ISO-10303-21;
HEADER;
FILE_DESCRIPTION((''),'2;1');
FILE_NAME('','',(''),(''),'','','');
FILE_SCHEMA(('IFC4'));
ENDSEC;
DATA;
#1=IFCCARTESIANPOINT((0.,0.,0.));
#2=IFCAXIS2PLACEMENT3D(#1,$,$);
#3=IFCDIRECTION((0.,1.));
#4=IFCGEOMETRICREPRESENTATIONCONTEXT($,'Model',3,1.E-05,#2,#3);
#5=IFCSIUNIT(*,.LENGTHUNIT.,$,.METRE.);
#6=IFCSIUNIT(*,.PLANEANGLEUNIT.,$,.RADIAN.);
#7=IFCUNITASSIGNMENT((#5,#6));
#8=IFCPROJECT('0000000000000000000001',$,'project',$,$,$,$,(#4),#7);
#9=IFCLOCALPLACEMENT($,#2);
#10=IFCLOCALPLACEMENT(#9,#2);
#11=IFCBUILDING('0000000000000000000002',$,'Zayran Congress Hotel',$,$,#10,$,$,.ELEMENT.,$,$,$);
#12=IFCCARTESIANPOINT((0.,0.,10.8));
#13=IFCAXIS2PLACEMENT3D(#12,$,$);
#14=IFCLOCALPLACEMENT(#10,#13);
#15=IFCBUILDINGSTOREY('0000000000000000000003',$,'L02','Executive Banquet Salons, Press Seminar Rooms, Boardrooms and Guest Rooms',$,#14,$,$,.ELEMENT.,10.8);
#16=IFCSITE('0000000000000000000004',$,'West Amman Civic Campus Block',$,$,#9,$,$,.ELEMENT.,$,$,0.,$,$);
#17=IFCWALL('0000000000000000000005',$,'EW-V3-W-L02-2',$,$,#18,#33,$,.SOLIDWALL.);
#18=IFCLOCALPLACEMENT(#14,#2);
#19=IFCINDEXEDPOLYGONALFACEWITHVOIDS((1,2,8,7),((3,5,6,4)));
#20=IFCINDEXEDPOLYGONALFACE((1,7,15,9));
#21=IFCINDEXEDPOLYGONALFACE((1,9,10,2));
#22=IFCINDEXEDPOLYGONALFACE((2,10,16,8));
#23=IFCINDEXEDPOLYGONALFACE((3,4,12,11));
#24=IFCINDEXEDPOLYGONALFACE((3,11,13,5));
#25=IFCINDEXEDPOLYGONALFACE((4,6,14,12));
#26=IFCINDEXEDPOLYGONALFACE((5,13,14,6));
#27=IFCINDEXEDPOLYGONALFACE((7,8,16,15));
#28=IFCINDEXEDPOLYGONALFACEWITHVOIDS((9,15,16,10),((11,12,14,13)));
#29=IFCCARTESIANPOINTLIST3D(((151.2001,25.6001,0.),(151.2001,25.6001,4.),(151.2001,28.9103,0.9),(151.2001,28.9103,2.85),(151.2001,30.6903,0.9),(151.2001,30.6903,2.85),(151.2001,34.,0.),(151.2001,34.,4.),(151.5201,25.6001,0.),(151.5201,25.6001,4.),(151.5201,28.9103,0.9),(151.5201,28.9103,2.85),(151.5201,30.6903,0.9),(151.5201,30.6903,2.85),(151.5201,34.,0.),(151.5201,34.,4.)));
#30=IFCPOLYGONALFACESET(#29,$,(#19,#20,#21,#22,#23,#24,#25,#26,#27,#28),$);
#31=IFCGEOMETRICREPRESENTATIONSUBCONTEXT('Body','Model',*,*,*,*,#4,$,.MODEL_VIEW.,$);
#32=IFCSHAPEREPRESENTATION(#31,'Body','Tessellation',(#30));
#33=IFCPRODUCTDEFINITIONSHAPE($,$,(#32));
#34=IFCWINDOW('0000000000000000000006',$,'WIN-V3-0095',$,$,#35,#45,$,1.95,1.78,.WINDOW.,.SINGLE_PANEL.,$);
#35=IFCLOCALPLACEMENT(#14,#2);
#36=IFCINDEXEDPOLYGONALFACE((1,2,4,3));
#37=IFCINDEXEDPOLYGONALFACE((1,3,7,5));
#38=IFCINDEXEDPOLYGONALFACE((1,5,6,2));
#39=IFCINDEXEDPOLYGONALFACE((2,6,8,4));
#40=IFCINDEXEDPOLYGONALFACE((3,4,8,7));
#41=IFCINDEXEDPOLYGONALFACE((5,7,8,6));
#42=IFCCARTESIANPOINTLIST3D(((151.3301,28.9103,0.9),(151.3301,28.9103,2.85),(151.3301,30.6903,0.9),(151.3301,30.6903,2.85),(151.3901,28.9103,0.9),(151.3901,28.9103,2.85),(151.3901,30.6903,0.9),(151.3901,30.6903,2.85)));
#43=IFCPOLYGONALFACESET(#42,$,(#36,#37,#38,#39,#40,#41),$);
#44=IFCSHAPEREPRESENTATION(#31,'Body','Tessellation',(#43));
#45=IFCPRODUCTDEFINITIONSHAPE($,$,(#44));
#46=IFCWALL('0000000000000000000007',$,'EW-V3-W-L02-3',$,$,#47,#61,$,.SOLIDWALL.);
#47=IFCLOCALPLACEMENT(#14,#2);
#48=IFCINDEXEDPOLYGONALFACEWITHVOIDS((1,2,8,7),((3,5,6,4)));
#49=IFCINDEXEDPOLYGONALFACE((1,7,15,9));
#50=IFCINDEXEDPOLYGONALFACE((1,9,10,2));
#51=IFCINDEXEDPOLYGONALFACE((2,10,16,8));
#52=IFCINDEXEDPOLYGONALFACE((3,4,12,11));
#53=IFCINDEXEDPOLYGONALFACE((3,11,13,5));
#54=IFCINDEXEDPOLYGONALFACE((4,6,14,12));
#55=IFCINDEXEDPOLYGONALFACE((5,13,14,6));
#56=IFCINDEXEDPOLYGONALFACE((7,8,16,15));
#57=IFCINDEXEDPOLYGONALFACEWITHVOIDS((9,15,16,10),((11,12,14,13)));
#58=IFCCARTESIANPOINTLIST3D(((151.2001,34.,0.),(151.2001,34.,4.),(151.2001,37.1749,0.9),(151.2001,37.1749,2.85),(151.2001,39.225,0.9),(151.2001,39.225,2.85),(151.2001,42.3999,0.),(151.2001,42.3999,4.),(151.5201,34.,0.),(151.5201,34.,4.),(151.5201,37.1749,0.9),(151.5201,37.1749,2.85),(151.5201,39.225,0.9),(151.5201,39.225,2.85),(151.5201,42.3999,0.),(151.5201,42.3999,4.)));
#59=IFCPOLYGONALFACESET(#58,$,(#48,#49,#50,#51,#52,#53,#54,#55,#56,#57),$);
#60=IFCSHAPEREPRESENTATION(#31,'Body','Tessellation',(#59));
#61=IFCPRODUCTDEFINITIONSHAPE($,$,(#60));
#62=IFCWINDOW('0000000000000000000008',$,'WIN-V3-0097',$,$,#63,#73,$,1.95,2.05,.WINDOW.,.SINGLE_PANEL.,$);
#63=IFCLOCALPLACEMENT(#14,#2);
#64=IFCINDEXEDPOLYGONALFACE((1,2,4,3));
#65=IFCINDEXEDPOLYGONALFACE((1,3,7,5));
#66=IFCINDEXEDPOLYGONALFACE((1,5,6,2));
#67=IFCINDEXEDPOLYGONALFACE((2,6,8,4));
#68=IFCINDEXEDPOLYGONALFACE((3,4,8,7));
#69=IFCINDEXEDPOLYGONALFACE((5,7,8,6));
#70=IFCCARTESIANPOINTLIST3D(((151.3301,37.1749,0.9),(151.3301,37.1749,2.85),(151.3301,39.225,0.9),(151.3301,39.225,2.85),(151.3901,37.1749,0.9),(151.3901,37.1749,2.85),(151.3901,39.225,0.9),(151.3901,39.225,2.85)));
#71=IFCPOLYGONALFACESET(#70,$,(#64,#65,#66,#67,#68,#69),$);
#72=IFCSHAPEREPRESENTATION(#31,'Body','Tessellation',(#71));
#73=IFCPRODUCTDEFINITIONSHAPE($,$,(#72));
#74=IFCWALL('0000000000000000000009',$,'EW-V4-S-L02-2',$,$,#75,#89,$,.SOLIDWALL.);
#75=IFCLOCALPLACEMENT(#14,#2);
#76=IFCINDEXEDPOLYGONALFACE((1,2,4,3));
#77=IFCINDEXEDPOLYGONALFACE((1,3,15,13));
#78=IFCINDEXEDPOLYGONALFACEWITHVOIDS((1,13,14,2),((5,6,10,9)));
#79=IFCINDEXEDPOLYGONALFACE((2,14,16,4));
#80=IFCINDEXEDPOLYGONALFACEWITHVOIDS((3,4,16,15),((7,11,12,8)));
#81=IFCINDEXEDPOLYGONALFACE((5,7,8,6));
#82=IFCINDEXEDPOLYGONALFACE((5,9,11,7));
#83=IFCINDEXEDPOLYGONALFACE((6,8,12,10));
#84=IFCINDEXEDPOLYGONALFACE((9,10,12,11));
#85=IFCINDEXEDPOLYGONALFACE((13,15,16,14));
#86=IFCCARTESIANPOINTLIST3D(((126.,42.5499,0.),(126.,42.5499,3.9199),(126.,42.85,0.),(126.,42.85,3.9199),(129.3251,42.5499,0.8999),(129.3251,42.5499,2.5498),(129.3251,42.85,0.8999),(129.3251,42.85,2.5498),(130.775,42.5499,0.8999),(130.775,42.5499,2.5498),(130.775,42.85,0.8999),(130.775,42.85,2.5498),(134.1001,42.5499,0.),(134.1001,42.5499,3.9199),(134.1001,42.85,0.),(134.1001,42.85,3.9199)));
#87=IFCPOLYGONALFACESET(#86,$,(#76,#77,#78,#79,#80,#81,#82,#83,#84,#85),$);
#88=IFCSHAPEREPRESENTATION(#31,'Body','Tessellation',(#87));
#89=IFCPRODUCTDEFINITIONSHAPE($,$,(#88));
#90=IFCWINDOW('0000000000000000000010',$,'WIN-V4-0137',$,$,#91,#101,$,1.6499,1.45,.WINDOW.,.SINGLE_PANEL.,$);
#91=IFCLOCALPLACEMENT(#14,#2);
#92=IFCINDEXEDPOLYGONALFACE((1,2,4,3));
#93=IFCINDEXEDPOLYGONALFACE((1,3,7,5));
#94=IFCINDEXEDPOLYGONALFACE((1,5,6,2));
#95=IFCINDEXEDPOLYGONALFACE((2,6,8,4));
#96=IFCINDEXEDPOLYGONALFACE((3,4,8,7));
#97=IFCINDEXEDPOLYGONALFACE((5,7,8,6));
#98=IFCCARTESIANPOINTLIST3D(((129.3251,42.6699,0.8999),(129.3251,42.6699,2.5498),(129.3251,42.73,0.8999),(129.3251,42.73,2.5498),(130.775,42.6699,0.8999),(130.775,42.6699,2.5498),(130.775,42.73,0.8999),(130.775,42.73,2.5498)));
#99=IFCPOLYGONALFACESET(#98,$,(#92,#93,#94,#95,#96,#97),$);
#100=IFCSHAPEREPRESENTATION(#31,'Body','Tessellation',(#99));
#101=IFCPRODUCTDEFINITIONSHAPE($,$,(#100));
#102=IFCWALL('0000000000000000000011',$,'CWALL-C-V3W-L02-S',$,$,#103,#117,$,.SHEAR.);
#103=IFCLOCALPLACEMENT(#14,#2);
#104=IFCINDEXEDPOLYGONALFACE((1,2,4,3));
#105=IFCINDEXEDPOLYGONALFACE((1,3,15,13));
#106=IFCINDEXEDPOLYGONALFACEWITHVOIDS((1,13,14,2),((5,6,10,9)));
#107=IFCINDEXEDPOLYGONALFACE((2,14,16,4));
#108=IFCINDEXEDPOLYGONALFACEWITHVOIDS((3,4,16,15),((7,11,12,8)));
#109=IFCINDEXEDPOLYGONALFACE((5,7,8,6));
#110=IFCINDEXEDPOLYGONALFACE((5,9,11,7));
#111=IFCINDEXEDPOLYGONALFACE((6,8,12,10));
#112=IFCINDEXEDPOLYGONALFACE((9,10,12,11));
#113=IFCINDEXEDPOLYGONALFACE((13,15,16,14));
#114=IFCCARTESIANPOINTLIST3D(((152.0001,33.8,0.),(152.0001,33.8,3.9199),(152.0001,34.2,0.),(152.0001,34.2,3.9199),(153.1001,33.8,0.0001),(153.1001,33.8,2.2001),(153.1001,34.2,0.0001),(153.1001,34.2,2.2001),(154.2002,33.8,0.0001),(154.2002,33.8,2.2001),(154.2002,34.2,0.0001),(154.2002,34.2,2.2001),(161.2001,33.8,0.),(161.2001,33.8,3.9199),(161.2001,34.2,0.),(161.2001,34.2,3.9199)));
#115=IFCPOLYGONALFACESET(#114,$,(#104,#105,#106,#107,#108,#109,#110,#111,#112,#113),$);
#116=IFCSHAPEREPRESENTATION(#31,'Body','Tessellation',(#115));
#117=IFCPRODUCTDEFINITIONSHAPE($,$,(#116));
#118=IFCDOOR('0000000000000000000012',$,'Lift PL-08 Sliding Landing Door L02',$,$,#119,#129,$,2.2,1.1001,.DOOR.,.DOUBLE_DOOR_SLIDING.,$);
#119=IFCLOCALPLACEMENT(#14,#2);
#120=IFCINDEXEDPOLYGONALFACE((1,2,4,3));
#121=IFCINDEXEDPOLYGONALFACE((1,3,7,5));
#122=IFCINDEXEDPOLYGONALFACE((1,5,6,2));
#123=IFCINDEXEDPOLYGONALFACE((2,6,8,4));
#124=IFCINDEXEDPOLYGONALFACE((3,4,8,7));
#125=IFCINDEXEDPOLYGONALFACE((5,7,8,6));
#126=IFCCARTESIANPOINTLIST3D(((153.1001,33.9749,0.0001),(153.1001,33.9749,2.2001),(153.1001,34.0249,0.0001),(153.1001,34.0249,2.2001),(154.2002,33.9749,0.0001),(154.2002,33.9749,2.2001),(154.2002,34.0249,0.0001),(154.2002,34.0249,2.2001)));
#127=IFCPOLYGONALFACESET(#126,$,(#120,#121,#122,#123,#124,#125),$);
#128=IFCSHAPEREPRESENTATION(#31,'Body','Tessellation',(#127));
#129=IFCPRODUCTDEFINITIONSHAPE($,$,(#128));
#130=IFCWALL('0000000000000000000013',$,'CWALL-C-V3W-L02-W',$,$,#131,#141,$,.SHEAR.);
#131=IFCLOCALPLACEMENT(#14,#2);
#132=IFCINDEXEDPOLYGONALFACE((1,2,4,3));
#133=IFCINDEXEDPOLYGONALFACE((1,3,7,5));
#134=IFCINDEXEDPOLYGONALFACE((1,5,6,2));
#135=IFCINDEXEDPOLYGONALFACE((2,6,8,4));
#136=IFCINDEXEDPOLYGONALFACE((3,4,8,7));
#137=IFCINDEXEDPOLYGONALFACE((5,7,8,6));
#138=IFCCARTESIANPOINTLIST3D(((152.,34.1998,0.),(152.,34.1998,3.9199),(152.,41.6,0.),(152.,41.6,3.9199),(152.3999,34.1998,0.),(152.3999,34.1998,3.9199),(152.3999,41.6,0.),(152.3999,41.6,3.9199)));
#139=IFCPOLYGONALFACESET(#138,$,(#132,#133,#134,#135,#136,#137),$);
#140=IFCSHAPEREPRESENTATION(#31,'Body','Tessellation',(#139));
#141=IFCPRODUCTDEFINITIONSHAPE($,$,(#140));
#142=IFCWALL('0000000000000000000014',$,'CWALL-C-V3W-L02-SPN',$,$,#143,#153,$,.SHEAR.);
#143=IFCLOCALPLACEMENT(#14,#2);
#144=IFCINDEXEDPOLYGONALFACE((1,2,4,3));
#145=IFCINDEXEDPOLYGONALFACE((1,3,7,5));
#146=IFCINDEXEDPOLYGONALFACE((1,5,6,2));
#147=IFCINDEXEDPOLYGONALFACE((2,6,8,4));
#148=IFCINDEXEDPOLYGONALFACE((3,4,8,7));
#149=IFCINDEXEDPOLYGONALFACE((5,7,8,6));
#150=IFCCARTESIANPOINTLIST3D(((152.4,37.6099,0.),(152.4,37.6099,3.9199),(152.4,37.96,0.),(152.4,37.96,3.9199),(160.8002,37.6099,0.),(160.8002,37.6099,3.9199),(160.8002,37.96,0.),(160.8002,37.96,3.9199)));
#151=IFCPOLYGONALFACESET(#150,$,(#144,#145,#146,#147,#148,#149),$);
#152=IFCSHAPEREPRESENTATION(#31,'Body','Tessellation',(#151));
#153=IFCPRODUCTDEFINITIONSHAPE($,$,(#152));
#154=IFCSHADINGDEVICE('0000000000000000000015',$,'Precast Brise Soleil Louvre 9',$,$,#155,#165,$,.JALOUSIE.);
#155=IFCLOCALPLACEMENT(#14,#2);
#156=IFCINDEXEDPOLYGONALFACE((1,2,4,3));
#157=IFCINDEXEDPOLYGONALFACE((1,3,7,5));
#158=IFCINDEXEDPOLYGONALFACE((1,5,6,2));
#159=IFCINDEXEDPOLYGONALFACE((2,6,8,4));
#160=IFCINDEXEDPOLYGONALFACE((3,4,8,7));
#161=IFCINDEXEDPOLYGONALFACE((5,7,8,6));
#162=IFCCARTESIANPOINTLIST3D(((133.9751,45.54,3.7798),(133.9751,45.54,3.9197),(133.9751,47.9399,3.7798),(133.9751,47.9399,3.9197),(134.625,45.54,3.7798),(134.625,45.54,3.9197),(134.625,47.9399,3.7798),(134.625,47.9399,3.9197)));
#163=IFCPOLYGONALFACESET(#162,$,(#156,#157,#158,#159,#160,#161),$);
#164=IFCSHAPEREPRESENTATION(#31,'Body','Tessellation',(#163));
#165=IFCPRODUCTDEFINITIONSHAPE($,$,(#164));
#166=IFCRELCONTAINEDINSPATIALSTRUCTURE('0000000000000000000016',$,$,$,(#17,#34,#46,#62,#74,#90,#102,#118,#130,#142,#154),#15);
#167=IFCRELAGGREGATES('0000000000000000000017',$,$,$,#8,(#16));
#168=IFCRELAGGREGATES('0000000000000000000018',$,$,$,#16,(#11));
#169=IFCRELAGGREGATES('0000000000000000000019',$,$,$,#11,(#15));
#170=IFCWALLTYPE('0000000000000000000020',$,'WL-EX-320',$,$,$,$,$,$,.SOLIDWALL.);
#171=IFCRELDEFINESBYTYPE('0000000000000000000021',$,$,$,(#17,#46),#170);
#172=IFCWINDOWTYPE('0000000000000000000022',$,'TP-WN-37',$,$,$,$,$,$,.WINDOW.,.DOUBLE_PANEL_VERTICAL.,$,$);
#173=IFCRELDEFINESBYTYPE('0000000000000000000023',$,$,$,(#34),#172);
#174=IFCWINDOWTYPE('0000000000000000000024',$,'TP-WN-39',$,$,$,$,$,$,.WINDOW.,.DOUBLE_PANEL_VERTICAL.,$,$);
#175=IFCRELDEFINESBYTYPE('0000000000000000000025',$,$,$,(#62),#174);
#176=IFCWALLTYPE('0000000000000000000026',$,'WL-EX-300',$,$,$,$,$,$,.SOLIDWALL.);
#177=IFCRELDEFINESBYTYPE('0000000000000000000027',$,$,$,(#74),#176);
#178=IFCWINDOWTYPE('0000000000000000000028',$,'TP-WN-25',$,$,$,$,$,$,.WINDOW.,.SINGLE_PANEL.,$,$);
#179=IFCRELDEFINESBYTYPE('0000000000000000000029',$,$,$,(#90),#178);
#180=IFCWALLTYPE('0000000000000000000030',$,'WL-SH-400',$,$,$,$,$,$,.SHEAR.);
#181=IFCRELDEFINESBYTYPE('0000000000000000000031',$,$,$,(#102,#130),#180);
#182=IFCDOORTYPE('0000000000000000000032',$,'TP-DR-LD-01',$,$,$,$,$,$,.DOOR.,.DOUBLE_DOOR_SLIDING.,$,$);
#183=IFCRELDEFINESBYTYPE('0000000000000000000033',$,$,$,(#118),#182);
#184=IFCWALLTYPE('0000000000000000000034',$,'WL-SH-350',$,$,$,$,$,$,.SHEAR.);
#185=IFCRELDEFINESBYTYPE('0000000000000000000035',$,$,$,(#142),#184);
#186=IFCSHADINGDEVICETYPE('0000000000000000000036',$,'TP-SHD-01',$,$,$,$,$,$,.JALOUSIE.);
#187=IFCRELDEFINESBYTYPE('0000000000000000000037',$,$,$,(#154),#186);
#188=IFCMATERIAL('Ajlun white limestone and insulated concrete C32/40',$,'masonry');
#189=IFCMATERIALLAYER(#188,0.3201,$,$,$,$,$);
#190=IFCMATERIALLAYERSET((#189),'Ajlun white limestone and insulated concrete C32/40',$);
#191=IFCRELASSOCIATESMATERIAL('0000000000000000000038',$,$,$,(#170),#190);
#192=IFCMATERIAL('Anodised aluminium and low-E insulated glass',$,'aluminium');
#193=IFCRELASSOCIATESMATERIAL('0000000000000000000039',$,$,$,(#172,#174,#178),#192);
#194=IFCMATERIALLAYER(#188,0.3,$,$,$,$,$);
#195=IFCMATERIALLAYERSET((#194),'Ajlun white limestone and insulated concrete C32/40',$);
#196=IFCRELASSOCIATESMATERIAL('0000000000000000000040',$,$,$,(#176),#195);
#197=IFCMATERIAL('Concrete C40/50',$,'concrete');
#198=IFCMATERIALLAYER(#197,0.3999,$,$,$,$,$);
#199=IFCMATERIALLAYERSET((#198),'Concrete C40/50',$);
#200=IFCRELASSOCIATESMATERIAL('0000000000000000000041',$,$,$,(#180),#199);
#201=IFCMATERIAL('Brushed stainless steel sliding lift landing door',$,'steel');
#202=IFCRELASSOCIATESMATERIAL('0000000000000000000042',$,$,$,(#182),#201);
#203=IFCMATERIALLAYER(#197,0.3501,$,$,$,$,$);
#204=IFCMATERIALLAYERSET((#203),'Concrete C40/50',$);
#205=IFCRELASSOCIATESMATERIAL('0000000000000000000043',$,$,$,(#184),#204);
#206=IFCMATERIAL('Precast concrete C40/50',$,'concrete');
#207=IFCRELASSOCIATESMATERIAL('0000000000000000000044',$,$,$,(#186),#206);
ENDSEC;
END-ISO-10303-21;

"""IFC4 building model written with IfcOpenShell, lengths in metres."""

from ifc_helpers import new_model, si_unit, direction, frame, frame_2d, origin, origin_2d, place, context, subcontext, project, spatial, rectangle, extrude, material, layer, layer_set, type_object, element, fill, save


model = new_model("IFC4")

# Units and contexts
model_context = context("Model", 3, precision=1e-05, world=origin(), true_north=direction((0.0, 1.0)))
body_context = subcontext(model_context, "Body", "Model", "MODEL_VIEW")
ifc_project = project(units=[si_unit("LENGTHUNIT", "METRE"), si_unit("PLANEANGLEUNIT", "RADIAN")], contexts=[model_context])

# Site, building, storey
site_placement = place(None, origin())
site = spatial("IfcSite", under=ifc_project, at=site_placement, Name="West Amman Civic Campus Block", CompositionType="ELEMENT", RefElevation=0.0)
building_placement = place(site_placement, origin())
building = spatial("IfcBuilding", under=site, at=building_placement, Name="Zayran Congress Hotel", CompositionType="ELEMENT")
storey_placement = place(building_placement, frame((0.0, 0.0, 10.8)))
storey = spatial("IfcBuildingStorey", under=building, at=storey_placement, Name="L02", Description="Executive Banquet Salons, Press Seminar Rooms, Boardrooms and Guest Rooms", CompositionType="ELEMENT", Elevation=10.8)

# Walls, openings, windows
ifc_material_1 = material(Name="Ajlun white limestone and insulated concrete C32/40", Category="masonry")
ifc_layer_1 = layer(ifc_material_1, 0.3201)
ifc_layer_set_1 = layer_set([ifc_layer_1], Name="Ajlun white limestone and insulated concrete C32/40")
wall_type_1 = type_object("IfcWallType", Name="WL-EX-320", PredefinedType="SOLIDWALL", material=ifc_layer_set_1)
ifc_material_2 = material(Name="Anodised aluminium and low-E insulated glass", Category="aluminium")
wall_1_placement = place(storey_placement, frame((151.3601, 25.6001, 0.0), z_axis=(0.0, 0.0, 1.0), x_axis=(0.0, 1.0, 0.0)))
wall_1 = element("IfcWall", 1, at=wall_1_placement, inside=storey, type_object=wall_type_1, Name="EW-V3-W-L02-2", PredefinedType="SOLIDWALL", context=body_context, shape_type="SweptSolid", body=[
    extrude(rectangle(XDim=8.3999, YDim=0.3201, at=frame_2d((4.2, 0.0))), origin(), (0.0, 0.0, 1.0), 4.0),
])
opening_1_placement = place(wall_1_placement, frame((3.3101, 0.0, 0.8999)))
opening_1 = element("IfcOpeningElement", 2, at=opening_1_placement, cuts=wall_1, PredefinedType="OPENING", context=body_context, shape_type="SweptSolid", body=[
    extrude(rectangle(XDim=1.78, YDim=1.95, at=frame_2d((0.8901, 0.9751))), frame((0.0, 0.1699, 0.0), z_axis=(0.0, -1.0, 0.0), x_axis=(1.0, 0.0, 0.0)), (0.0, 0.0, 1.0), 0.3401),
])
window_type_1 = type_object("IfcWindowType", Name="TP-WN-37", PartitioningType="DOUBLE_PANEL_VERTICAL", PredefinedType="WINDOW", material=ifc_material_2)
window_1_placement = place(opening_1_placement, origin())
window_1 = element("IfcWindow", 3, at=window_1_placement, inside=storey, type_object=window_type_1, Name="WIN-V3-0095", OverallHeight=1.95, OverallWidth=1.78, PartitioningType="SINGLE_PANEL", PredefinedType="WINDOW", context=body_context, shape_type="SweptSolid", body=[
    extrude(rectangle(XDim=1.78, YDim=1.95, at=frame_2d((0.8901, 0.9751))), frame((0.0, 0.03, 0.0), z_axis=(0.0, -1.0, 0.0), x_axis=(1.0, 0.0, 0.0)), (0.0, 0.0, 1.0), 0.0601),
])
fill(opening_1, window_1)
wall_2_placement = place(storey_placement, frame((151.3601, 34.0, 0.0), z_axis=(0.0, 0.0, 1.0), x_axis=(0.0, 1.0, 0.0)))
wall_2 = element("IfcWall", 4, at=wall_2_placement, inside=storey, type_object=wall_type_1, Name="EW-V3-W-L02-3", PredefinedType="SOLIDWALL", context=body_context, shape_type="SweptSolid", body=[
    extrude(rectangle(XDim=8.3999, YDim=0.3201, at=frame_2d((4.2, 0.0))), origin(), (0.0, 0.0, 1.0), 4.0),
])
opening_2_placement = place(wall_2_placement, frame((3.175, 0.0, 0.8999)))
opening_2 = element("IfcOpeningElement", 5, at=opening_2_placement, cuts=wall_2, PredefinedType="OPENING", context=body_context, shape_type="SweptSolid", body=[
    extrude(rectangle(XDim=2.05, YDim=1.95, at=frame_2d((1.0249, 0.9751))), frame((0.0, 0.1699, 0.0), z_axis=(0.0, -1.0, 0.0), x_axis=(1.0, 0.0, 0.0)), (0.0, 0.0, 1.0), 0.3401),
])
window_type_2 = type_object("IfcWindowType", Name="TP-WN-39", PartitioningType="DOUBLE_PANEL_VERTICAL", PredefinedType="WINDOW", material=ifc_material_2)
window_2_placement = place(opening_2_placement, origin())
window_2 = element("IfcWindow", 6, at=window_2_placement, inside=storey, type_object=window_type_2, Name="WIN-V3-0097", OverallHeight=1.95, OverallWidth=2.05, PartitioningType="SINGLE_PANEL", PredefinedType="WINDOW", context=body_context, shape_type="SweptSolid", body=[
    extrude(rectangle(XDim=2.05, YDim=1.95, at=frame_2d((1.0249, 0.9751))), frame((0.0, 0.03, 0.0), z_axis=(0.0, -1.0, 0.0), x_axis=(1.0, 0.0, 0.0)), (0.0, 0.0, 1.0), 0.0601),
])
fill(opening_2, window_2)
ifc_layer_2 = layer(ifc_material_1, 0.3)
ifc_layer_set_2 = layer_set([ifc_layer_2], Name="Ajlun white limestone and insulated concrete C32/40")
wall_type_2 = type_object("IfcWallType", Name="WL-EX-300", PredefinedType="SOLIDWALL", material=ifc_layer_set_2)
wall_3_placement = place(storey_placement, frame((134.1001, 42.7, 0.0), z_axis=(0.0, 0.0, 1.0), x_axis=(-1.0, 0.0, 0.0)))
wall_3 = element("IfcWall", 7, at=wall_3_placement, inside=storey, type_object=wall_type_2, Name="EW-V4-S-L02-2", PredefinedType="SOLIDWALL", context=body_context, shape_type="SweptSolid", body=[
    extrude(rectangle(XDim=8.1001, YDim=0.3, at=frame_2d((4.05, 0.0))), origin(), (0.0, 0.0, 1.0), 3.9199),
])
opening_3_placement = place(wall_3_placement, frame((3.325, 0.0, 0.8999)))
opening_3 = element("IfcOpeningElement", 8, at=opening_3_placement, cuts=wall_3, PredefinedType="OPENING", context=body_context, shape_type="SweptSolid", body=[
    extrude(rectangle(XDim=1.45, YDim=1.6499, at=frame_2d((0.7251, 0.825))), frame((0.0, 0.1599, 0.0), z_axis=(0.0, -1.0, 0.0), x_axis=(1.0, 0.0, 0.0)), (0.0, 0.0, 1.0), 0.3201),
])
window_type_3 = type_object("IfcWindowType", Name="TP-WN-25", PartitioningType="SINGLE_PANEL", PredefinedType="WINDOW", material=ifc_material_2)
window_3_placement = place(opening_3_placement, origin())
window_3 = element("IfcWindow", 9, at=window_3_placement, inside=storey, type_object=window_type_3, Name="WIN-V4-0137", OverallHeight=1.6499, OverallWidth=1.45, PartitioningType="SINGLE_PANEL", PredefinedType="WINDOW", context=body_context, shape_type="SweptSolid", body=[
    extrude(rectangle(XDim=1.45, YDim=1.6499, at=frame_2d((0.7251, 0.825))), frame((0.0, 0.03, 0.0), z_axis=(0.0, -1.0, 0.0), x_axis=(1.0, 0.0, 0.0)), (0.0, 0.0, 1.0), 0.0601),
])
fill(opening_3, window_3)

# Wall, opening, door
ifc_material_3 = material(Name="Concrete C40/50", Category="concrete")
ifc_layer_3 = layer(ifc_material_3, 0.3999)
ifc_layer_set_3 = layer_set([ifc_layer_3], Name="Concrete C40/50")
wall_type_3 = type_object("IfcWallType", Name="WL-SH-400", PredefinedType="SHEAR", material=ifc_layer_set_3)
wall_4_placement = place(storey_placement, frame((152.0, 34.0, 0.0), z_axis=(0.0, 0.0, 1.0), x_axis=(1.0, 0.0, 0.0)))
wall_4 = element("IfcWall", 10, at=wall_4_placement, inside=storey, type_object=wall_type_3, Name="CWALL-C-V3W-L02-S", PredefinedType="SHEAR", context=body_context, shape_type="SweptSolid", body=[
    extrude(rectangle(XDim=9.2, YDim=0.3999, at=frame_2d((4.6001, 0.0))), origin(), (0.0, 0.0, 1.0), 3.9199),
])
opening_4_placement = place(wall_4_placement, frame((1.1001, 0.0, 0.0)))
opening_4 = element("IfcOpeningElement", 11, at=opening_4_placement, cuts=wall_4, PredefinedType="OPENING", context=body_context, shape_type="SweptSolid", body=[
    extrude(rectangle(XDim=1.1001, YDim=2.2, at=frame_2d((0.55, 1.1001))), frame((0.0, 0.21, 0.0), z_axis=(0.0, -1.0, 0.0), x_axis=(1.0, 0.0, 0.0)), (0.0, 0.0, 1.0), 0.4199),
])
ifc_material_4 = material(Name="Brushed stainless steel sliding lift landing door", Category="steel")
door_type = type_object("IfcDoorType", Name="TP-DR-LD-01", OperationType="DOUBLE_DOOR_SLIDING", PredefinedType="DOOR", material=ifc_material_4)
door_placement = place(opening_4_placement, origin())
door = element("IfcDoor", 12, at=door_placement, inside=storey, type_object=door_type, Name="Lift PL-08 Sliding Landing Door L02", OperationType="DOUBLE_DOOR_SLIDING", OverallHeight=2.2, OverallWidth=1.1001, PredefinedType="DOOR", context=body_context, shape_type="SweptSolid", body=[
    extrude(rectangle(XDim=1.1001, YDim=2.2, at=frame_2d((0.55, 1.1001))), frame((0.0, 0.0249, 0.0), z_axis=(0.0, -1.0, 0.0), x_axis=(1.0, 0.0, 0.0)), (0.0, 0.0, 1.0), 0.05),
])
fill(opening_4, door)

# Walls
wall_5_placement = place(storey_placement, frame((152.2, 41.6001, 0.0), z_axis=(0.0, 0.0, 1.0), x_axis=(0.0, -1.0, 0.0)))
element("IfcWall", 13, at=wall_5_placement, inside=storey, type_object=wall_type_3, Name="CWALL-C-V3W-L02-W", PredefinedType="SHEAR", context=body_context, shape_type="SweptSolid", body=[
    extrude(rectangle(XDim=7.4001, YDim=0.3999, at=frame_2d((3.7002, 0.0))), origin(), (0.0, 0.0, 1.0), 3.9199),
])
ifc_layer_4 = layer(ifc_material_3, 0.3501)
ifc_layer_set_4 = layer_set([ifc_layer_4], Name="Concrete C40/50")
wall_type_4 = type_object("IfcWallType", Name="WL-SH-350", PredefinedType="SHEAR", material=ifc_layer_set_4)
wall_6_placement = place(storey_placement, frame((152.3999, 37.7849, 0.0), z_axis=(0.0, 0.0, 1.0), x_axis=(1.0, 0.0, 0.0)))
element("IfcWall", 14, at=wall_6_placement, inside=storey, type_object=wall_type_4, Name="CWALL-C-V3W-L02-SPN", PredefinedType="SHEAR", context=body_context, shape_type="SweptSolid", body=[
    extrude(rectangle(XDim=8.4001, YDim=0.3501, at=frame_2d((4.2002, 0.0))), origin(), (0.0, 0.0, 1.0), 3.9199),
])

# Shading device
ifc_material_5 = material(Name="Precast concrete C40/50", Category="concrete")
shading_device_type = type_object("IfcShadingDeviceType", Name="TP-SHD-01", PredefinedType="JALOUSIE", material=ifc_material_5)
shading_device_placement = place(storey_placement, frame((134.3, 46.74, 3.7798), z_axis=(0.0, 0.0, 1.0), x_axis=(0.0, 1.0, 0.0)))
element("IfcShadingDevice", 15, at=shading_device_placement, inside=storey, type_object=shading_device_type, Name="Precast Brise Soleil Louvre 9", PredefinedType="JALOUSIE", context=body_context, shape_type="SweptSolid", body=[
    extrude(rectangle(XDim=2.3999, YDim=0.6499, at=origin_2d()), origin(), (0.0, 0.0, 1.0), 0.1399),
])

save(model, "model.ifc")
